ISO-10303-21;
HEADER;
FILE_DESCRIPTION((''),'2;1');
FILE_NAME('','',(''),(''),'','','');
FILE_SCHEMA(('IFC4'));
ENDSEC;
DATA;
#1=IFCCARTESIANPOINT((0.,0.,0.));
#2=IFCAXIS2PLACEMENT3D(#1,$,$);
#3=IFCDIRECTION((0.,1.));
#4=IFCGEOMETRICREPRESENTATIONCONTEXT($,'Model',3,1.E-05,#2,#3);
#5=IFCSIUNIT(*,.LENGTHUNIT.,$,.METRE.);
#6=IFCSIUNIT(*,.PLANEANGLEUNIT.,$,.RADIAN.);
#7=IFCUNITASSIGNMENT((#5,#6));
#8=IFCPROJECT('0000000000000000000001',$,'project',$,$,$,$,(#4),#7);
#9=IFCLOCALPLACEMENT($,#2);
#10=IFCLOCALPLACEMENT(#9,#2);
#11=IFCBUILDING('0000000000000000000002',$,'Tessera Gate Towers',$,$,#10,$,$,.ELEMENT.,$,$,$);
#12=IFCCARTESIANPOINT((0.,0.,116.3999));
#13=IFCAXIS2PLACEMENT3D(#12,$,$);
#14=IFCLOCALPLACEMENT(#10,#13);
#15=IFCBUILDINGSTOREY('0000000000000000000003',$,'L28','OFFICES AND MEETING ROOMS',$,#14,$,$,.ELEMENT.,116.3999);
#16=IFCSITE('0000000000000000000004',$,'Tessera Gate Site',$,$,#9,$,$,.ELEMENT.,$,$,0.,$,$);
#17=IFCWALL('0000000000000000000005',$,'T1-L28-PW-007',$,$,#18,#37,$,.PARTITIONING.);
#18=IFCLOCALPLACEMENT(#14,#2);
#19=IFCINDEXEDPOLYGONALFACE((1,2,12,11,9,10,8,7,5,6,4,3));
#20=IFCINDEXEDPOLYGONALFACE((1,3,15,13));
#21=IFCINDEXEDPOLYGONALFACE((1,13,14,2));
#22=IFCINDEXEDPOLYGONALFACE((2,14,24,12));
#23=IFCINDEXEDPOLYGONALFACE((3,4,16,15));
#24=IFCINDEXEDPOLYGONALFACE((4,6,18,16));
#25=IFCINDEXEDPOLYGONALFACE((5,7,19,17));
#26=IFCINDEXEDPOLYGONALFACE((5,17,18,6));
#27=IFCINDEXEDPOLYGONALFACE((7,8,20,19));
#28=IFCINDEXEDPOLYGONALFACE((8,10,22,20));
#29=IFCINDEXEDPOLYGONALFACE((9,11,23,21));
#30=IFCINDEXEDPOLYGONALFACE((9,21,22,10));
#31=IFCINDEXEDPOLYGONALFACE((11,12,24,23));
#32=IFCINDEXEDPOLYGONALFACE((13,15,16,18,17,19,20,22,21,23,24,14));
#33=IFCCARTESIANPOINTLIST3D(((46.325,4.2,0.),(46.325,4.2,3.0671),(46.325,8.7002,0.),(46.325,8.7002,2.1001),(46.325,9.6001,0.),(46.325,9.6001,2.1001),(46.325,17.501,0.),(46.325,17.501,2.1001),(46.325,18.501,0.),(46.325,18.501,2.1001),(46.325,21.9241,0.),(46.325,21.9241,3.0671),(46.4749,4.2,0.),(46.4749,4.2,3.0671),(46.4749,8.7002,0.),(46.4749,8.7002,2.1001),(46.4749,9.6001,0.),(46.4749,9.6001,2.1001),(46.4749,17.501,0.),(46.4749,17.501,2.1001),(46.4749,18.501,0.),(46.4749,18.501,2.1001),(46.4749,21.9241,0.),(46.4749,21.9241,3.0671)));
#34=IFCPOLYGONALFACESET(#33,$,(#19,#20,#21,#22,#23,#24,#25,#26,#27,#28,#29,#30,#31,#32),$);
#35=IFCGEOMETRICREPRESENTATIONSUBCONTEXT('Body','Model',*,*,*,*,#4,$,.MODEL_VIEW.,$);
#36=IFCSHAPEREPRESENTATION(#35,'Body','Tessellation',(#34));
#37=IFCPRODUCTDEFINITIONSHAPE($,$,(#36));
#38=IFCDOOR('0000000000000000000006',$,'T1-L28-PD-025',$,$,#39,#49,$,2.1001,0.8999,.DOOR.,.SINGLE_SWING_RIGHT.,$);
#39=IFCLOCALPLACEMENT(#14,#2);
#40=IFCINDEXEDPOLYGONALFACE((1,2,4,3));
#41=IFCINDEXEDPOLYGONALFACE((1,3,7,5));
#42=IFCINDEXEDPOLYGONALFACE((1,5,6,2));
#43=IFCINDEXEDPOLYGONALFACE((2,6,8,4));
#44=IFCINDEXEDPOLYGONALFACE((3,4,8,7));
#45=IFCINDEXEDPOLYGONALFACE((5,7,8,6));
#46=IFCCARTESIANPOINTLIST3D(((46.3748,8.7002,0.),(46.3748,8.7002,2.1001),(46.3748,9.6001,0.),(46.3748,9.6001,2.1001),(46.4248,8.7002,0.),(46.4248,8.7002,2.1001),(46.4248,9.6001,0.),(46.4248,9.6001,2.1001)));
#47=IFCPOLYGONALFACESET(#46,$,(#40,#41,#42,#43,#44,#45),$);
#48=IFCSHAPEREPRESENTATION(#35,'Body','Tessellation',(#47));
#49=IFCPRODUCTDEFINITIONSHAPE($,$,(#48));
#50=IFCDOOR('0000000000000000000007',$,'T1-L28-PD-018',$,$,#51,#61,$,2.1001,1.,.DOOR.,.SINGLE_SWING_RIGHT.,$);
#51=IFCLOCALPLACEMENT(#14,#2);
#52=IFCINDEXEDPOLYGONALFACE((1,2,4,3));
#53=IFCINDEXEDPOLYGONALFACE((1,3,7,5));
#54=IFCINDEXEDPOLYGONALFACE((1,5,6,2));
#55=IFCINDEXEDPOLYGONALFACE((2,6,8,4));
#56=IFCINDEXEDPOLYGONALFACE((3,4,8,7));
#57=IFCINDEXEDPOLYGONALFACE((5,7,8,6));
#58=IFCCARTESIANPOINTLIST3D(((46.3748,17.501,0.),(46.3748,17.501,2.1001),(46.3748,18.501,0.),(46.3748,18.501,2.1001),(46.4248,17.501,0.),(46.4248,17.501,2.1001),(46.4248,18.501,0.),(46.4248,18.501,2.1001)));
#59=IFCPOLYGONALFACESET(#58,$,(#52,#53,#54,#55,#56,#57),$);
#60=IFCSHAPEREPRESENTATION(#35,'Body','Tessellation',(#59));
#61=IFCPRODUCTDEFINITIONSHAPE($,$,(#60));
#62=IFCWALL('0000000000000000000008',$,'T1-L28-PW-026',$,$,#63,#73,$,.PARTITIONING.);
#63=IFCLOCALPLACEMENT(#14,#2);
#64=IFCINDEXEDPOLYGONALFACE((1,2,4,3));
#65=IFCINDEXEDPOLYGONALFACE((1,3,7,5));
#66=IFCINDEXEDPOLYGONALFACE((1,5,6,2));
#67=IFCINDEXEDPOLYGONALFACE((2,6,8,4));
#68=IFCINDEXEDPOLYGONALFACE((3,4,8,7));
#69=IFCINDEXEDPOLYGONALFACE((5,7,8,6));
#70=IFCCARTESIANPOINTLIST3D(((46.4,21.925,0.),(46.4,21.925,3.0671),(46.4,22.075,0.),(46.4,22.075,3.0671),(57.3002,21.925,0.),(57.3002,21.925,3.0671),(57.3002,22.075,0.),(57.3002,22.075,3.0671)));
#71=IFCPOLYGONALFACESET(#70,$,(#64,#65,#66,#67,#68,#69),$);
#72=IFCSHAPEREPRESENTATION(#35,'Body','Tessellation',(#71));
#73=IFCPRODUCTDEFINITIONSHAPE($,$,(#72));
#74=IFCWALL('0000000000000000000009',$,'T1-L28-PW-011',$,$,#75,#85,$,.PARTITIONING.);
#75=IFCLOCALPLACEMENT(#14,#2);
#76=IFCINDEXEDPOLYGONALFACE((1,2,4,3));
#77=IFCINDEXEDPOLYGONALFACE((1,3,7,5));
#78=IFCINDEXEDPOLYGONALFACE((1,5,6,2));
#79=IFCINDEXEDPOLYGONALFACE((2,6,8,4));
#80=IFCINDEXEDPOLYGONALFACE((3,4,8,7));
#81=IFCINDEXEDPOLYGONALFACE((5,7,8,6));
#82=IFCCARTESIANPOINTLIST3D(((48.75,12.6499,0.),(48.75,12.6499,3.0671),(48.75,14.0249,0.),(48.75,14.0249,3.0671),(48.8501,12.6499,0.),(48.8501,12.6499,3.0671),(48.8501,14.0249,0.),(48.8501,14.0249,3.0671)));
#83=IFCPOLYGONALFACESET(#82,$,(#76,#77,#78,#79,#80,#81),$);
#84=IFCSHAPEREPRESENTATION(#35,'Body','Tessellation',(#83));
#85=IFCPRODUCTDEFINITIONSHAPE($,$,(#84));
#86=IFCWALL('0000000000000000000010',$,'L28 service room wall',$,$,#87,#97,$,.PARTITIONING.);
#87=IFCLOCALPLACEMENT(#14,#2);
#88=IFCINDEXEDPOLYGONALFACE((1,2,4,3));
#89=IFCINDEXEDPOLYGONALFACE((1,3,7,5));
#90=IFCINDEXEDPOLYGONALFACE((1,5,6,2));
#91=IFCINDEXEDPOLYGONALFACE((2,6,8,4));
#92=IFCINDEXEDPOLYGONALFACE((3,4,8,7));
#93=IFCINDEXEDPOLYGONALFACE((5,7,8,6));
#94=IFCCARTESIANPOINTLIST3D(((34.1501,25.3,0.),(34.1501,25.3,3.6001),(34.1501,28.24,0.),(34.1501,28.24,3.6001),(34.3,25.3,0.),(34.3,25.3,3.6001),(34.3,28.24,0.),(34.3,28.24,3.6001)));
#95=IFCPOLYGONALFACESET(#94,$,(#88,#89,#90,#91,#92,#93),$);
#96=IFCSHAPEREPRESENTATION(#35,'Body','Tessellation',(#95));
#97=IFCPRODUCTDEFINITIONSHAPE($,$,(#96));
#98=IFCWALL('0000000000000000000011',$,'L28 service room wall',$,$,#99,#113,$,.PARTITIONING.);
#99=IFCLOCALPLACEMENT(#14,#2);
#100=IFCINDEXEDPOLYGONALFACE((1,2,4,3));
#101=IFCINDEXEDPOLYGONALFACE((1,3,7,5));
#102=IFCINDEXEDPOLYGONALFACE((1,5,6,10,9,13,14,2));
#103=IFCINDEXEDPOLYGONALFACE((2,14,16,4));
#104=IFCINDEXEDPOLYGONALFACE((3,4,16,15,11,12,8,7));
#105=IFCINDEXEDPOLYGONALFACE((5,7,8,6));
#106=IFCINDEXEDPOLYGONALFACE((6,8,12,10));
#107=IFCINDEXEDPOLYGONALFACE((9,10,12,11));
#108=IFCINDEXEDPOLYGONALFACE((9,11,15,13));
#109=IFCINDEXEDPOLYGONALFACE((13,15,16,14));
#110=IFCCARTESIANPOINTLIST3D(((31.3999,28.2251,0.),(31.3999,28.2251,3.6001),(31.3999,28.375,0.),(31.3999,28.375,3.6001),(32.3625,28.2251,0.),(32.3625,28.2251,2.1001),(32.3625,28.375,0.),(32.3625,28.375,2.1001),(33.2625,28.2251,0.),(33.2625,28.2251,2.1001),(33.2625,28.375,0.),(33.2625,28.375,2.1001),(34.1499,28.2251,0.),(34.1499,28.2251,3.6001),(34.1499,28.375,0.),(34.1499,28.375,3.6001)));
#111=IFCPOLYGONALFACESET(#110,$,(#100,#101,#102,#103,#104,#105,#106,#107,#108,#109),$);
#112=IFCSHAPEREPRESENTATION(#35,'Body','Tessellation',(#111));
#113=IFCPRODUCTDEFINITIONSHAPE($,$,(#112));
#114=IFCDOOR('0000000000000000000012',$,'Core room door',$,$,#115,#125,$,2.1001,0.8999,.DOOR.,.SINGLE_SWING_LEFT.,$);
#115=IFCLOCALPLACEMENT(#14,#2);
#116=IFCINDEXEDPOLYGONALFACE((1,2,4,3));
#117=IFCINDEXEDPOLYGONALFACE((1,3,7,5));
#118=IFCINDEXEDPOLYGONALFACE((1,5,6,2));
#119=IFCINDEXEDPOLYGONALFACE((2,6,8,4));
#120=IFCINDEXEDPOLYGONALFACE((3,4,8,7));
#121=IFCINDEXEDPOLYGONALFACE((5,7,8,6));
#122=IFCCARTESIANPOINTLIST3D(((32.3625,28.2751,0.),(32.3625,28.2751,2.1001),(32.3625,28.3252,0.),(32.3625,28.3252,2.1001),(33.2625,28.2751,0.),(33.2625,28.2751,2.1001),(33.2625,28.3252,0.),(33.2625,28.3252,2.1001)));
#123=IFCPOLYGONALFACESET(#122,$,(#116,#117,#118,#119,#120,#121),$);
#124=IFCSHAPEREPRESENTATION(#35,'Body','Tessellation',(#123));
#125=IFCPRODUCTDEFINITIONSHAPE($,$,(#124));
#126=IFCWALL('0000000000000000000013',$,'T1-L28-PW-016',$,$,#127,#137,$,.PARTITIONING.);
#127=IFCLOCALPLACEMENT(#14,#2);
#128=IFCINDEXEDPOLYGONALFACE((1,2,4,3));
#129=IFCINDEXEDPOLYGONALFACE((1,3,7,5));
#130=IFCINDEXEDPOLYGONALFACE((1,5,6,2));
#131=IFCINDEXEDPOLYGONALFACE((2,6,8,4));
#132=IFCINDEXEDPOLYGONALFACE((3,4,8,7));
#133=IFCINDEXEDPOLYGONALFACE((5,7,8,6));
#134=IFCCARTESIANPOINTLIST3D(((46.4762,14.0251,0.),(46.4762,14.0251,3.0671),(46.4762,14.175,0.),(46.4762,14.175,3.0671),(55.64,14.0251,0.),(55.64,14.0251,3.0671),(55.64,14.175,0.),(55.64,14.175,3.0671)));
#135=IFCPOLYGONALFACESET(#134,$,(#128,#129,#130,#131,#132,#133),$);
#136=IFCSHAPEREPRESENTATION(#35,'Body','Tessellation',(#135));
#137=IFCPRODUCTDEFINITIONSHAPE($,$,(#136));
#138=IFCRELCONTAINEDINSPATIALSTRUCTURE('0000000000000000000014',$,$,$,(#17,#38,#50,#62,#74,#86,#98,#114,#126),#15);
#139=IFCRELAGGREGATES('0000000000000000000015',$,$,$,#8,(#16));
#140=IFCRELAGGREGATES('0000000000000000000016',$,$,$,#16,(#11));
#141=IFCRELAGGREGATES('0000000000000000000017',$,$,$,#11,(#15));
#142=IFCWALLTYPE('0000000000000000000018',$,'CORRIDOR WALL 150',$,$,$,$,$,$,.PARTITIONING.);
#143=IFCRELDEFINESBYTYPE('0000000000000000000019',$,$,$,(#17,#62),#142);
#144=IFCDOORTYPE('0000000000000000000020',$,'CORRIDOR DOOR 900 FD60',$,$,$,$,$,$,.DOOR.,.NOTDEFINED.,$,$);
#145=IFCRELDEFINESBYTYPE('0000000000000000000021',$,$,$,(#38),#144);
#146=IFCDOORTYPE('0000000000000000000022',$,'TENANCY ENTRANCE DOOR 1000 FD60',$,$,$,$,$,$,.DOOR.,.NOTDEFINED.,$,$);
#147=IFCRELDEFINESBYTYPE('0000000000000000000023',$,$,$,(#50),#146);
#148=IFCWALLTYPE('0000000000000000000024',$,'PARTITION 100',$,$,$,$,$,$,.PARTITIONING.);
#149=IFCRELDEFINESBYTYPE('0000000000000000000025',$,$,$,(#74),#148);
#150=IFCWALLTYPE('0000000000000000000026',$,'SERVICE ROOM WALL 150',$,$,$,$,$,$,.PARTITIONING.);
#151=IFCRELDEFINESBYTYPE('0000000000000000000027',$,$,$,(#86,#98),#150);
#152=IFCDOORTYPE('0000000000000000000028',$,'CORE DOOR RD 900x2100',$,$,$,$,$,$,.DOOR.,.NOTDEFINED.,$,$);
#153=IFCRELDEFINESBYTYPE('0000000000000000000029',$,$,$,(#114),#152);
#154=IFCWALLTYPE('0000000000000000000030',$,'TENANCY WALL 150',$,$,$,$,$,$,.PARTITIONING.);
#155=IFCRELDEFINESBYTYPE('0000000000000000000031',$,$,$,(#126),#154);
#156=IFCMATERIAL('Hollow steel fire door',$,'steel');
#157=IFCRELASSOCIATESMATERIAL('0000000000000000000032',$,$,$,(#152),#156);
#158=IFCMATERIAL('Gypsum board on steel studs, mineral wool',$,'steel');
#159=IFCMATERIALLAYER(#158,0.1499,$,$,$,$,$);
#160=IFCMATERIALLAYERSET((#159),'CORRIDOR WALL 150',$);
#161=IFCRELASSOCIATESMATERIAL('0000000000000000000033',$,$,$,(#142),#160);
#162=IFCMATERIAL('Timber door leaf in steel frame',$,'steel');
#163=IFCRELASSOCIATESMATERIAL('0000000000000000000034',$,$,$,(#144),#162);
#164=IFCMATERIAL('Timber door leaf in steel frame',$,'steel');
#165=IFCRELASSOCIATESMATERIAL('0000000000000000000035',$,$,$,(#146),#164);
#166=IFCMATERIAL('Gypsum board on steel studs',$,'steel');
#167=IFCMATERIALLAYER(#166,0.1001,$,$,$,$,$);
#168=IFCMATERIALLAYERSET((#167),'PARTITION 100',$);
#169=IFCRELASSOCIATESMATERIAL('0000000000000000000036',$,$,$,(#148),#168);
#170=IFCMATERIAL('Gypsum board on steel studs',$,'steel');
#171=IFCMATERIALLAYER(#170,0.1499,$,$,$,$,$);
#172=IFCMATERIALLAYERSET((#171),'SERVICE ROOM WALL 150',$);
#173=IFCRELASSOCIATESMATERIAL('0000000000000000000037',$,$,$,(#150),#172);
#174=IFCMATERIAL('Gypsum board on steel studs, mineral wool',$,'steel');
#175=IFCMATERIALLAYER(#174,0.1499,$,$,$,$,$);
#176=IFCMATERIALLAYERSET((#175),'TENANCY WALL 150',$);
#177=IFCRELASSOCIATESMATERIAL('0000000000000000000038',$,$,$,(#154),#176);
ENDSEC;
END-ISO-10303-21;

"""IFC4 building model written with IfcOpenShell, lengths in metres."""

from ifc_helpers import new_model, si_unit, direction, frame, frame_2d, origin, place, context, subcontext, project, spatial, rectangle, extrude, source, transform, mapped, material, layer, layer_set, type_object, element, fill, save


model = new_model("IFC4")

# Units and contexts
model_context = context("Model", 3, precision=1e-05, world=origin(), true_north=direction((0.0, 1.0)))
body_context = subcontext(model_context, "Body", "Model", "MODEL_VIEW")
ifc_project = project(units=[si_unit("LENGTHUNIT", "METRE"), si_unit("PLANEANGLEUNIT", "RADIAN")], contexts=[model_context])

# Site, building, storey
site_placement = place(None, origin())
site = spatial("IfcSite", under=ifc_project, at=site_placement, Name="Tessera Gate Site", CompositionType="ELEMENT", RefElevation=0.0)
building_placement = place(site_placement, origin())
building = spatial("IfcBuilding", under=site, at=building_placement, Name="Tessera Gate Towers", CompositionType="ELEMENT")
storey_placement = place(building_placement, frame((0.0, 0.0, 116.3999)))
storey = spatial("IfcBuildingStorey", under=building, at=storey_placement, Name="L28", Description="OFFICES AND MEETING ROOMS", CompositionType="ELEMENT", Elevation=116.3999)

# Shared definitions
ifc_material_1 = material(Name="Hollow steel fire door", Category="steel")
door_type_1 = type_object("IfcDoorType", Name="CORE DOOR RD 900x2100", OperationType="NOTDEFINED", PredefinedType="DOOR", material=ifc_material_1)
shared_shape_1 = source(origin(), body_context, "Body", "SweptSolid", [
    extrude(rectangle(XDim=0.8999, YDim=2.1001, at=frame_2d((0.45, 1.05))), frame((0.0, 0.0249, 0.0), z_axis=(0.0, -1.0, 0.0), x_axis=(1.0, 0.0, 0.0)), (0.0, 0.0, 1.0), 0.05),
])

# Wall, openings, doors
ifc_material_2 = material(Name="Gypsum board on steel studs, mineral wool", Category="steel")
ifc_layer_1 = layer(ifc_material_2, 0.1499)
ifc_layer_set_1 = layer_set([ifc_layer_1], Name="CORRIDOR WALL 150")
wall_type_1 = type_object("IfcWallType", Name="CORRIDOR WALL 150", PredefinedType="PARTITIONING", material=ifc_layer_set_1)
wall_1_placement = place(storey_placement, frame((46.3999, 21.9241, 0.0), z_axis=(0.0, 0.0, 1.0), x_axis=(0.0, -1.0, 0.0)))
wall_1 = element("IfcWall", 1, at=wall_1_placement, inside=storey, type_object=wall_type_1, Name="T1-L28-PW-007", PredefinedType="PARTITIONING", context=body_context, shape_type="SweptSolid", body=[
    extrude(rectangle(XDim=17.7241, YDim=0.1499, at=frame_2d((8.8621, 0.0))), origin(), (0.0, 0.0, 1.0), 3.0671),
])
shared_shape_2 = source(origin(), body_context, "Body", "SweptSolid", [
    extrude(rectangle(XDim=1.0, YDim=2.1001, at=frame_2d((0.5, 1.05))), frame((0.0, 0.085, 0.0), z_axis=(0.0, -1.0, 0.0), x_axis=(1.0, 0.0, 0.0)), (0.0, 0.0, 1.0), 0.1699),
])
opening_1_placement = place(wall_1_placement, frame((3.4231, 0.0, 0.0)))
opening_1 = element("IfcOpeningElement", 2, at=opening_1_placement, cuts=wall_1, PredefinedType="OPENING", context=body_context, shape_type="MappedRepresentation", body=[
    mapped(shared_shape_2, transform((0.0, 0.0, 0.0), scale=1.0)),
])
shared_shape_3 = source(origin(), body_context, "Body", "SweptSolid", [
    extrude(rectangle(XDim=0.8999, YDim=2.1001, at=frame_2d((0.45, 1.05))), frame((0.0, 0.085, 0.0), z_axis=(0.0, -1.0, 0.0), x_axis=(1.0, 0.0, 0.0)), (0.0, 0.0, 1.0), 0.1699),
])
opening_2_placement = place(wall_1_placement, frame((12.324, 0.0, 0.0)))
opening_2 = element("IfcOpeningElement", 3, at=opening_2_placement, cuts=wall_1, PredefinedType="OPENING", context=body_context, shape_type="MappedRepresentation", body=[
    mapped(shared_shape_3, transform((0.0, 0.0, 0.0), scale=1.0)),
])
ifc_material_3 = material(Name="Timber door leaf in steel frame", Category="steel")
door_type_2 = type_object("IfcDoorType", Name="CORRIDOR DOOR 900 FD60", OperationType="NOTDEFINED", PredefinedType="DOOR", material=ifc_material_3)
door_1_placement = place(opening_2_placement, origin())
door_1 = element("IfcDoor", 4, at=door_1_placement, inside=storey, type_object=door_type_2, Name="T1-L28-PD-025", OperationType="SINGLE_SWING_RIGHT", OverallHeight=2.1001, OverallWidth=0.8999, PredefinedType="DOOR", context=body_context, shape_type="MappedRepresentation", body=[
    mapped(shared_shape_1, transform((0.0, 0.0, 0.0), scale=1.0)),
])
fill(opening_2, door_1)
ifc_material_4 = material(Name="Timber door leaf in steel frame", Category="steel")
door_type_3 = type_object("IfcDoorType", Name="TENANCY ENTRANCE DOOR 1000 FD60", OperationType="NOTDEFINED", PredefinedType="DOOR", material=ifc_material_4)
shared_shape_4 = source(origin(), body_context, "Body", "SweptSolid", [
    extrude(rectangle(XDim=1.0, YDim=2.1001, at=frame_2d((0.5, 1.05))), frame((0.0, 0.0249, 0.0), z_axis=(0.0, -1.0, 0.0), x_axis=(1.0, 0.0, 0.0)), (0.0, 0.0, 1.0), 0.05),
])
door_2_placement = place(opening_1_placement, origin())
door_2 = element("IfcDoor", 5, at=door_2_placement, inside=storey, type_object=door_type_3, Name="T1-L28-PD-018", OperationType="SINGLE_SWING_RIGHT", OverallHeight=2.1001, OverallWidth=1.0, PredefinedType="DOOR", context=body_context, shape_type="MappedRepresentation", body=[
    mapped(shared_shape_4, transform((0.0, 0.0, 0.0), scale=1.0)),
])
fill(opening_1, door_2)

# Walls
wall_2_placement = place(storey_placement, frame((46.3999, 22.0, 0.0), z_axis=(0.0, 0.0, 1.0), x_axis=(1.0, 0.0, 0.0)))
element("IfcWall", 6, at=wall_2_placement, inside=storey, type_object=wall_type_1, Name="T1-L28-PW-026", PredefinedType="PARTITIONING", context=body_context, shape_type="SweptSolid", body=[
    extrude(rectangle(XDim=10.9001, YDim=0.1499, at=frame_2d((5.4502, 0.0))), origin(), (0.0, 0.0, 1.0), 3.0671),
])
ifc_material_5 = material(Name="Gypsum board on steel studs", Category="steel")
ifc_layer_2 = layer(ifc_material_5, 0.1001)
ifc_layer_set_2 = layer_set([ifc_layer_2], Name="PARTITION 100")
wall_type_2 = type_object("IfcWallType", Name="PARTITION 100", PredefinedType="PARTITIONING", material=ifc_layer_set_2)
wall_3_placement = place(storey_placement, frame((48.8, 12.6499, 0.0), z_axis=(0.0, 0.0, 1.0), x_axis=(0.0, 1.0, 0.0)))
element("IfcWall", 7, at=wall_3_placement, inside=storey, type_object=wall_type_2, Name="T1-L28-PW-011", PredefinedType="PARTITIONING", context=body_context, shape_type="SweptSolid", body=[
    extrude(rectangle(XDim=1.375, YDim=0.1001, at=frame_2d((0.6875, 0.0))), origin(), (0.0, 0.0, 1.0), 3.0671),
])
ifc_material_6 = material(Name="Gypsum board on steel studs", Category="steel")
ifc_layer_3 = layer(ifc_material_6, 0.1499)
ifc_layer_set_3 = layer_set([ifc_layer_3], Name="SERVICE ROOM WALL 150")
wall_type_3 = type_object("IfcWallType", Name="SERVICE ROOM WALL 150", PredefinedType="PARTITIONING", material=ifc_layer_set_3)
wall_4_placement = place(storey_placement, frame((34.2251, 25.3, 0.0), z_axis=(0.0, 0.0, 1.0), x_axis=(0.0, 1.0, 0.0)))
element("IfcWall", 8, at=wall_4_placement, inside=storey, type_object=wall_type_3, Name="L28 service room wall", PredefinedType="PARTITIONING", context=body_context, shape_type="SweptSolid", body=[
    extrude(rectangle(XDim=2.9399, YDim=0.1499, at=frame_2d((1.47, 0.0))), origin(), (0.0, 0.0, 1.0), 3.6001),
])

# Wall, opening, door
wall_5_placement = place(storey_placement, frame((34.1499, 28.3, 0.0), z_axis=(0.0, 0.0, 1.0), x_axis=(-1.0, 0.0, 0.0)))
wall_5 = element("IfcWall", 9, at=wall_5_placement, inside=storey, type_object=wall_type_3, Name="L28 service room wall", PredefinedType="PARTITIONING", context=body_context, shape_type="SweptSolid", body=[
    extrude(rectangle(XDim=2.75, YDim=0.1499, at=frame_2d((1.375, 0.0))), origin(), (0.0, 0.0, 1.0), 3.6001),
])
opening_3_placement = place(wall_5_placement, frame((0.8875, 0.0, 0.0)))
opening_3 = element("IfcOpeningElement", 10, at=opening_3_placement, cuts=wall_5, PredefinedType="OPENING", context=body_context, shape_type="MappedRepresentation", body=[
    mapped(shared_shape_3, transform((0.0, 0.0, 0.0), scale=1.0)),
])
door_3_placement = place(opening_3_placement, origin())
door_3 = element("IfcDoor", 11, at=door_3_placement, inside=storey, type_object=door_type_1, Name="Core room door", OperationType="SINGLE_SWING_LEFT", OverallHeight=2.1001, OverallWidth=0.8999, PredefinedType="DOOR", context=body_context, shape_type="MappedRepresentation", body=[
    mapped(shared_shape_1, transform((0.0, 0.0, 0.0), scale=1.0)),
])
fill(opening_3, door_3)

# Wall
ifc_material_7 = material(Name="Gypsum board on steel studs, mineral wool", Category="steel")
ifc_layer_4 = layer(ifc_material_7, 0.1499)
ifc_layer_set_4 = layer_set([ifc_layer_4], Name="TENANCY WALL 150")
wall_type_4 = type_object("IfcWallType", Name="TENANCY WALL 150", PredefinedType="PARTITIONING", material=ifc_layer_set_4)
wall_6_placement = place(storey_placement, frame((46.4761, 14.1001, 0.0), z_axis=(0.0, 0.0, 1.0), x_axis=(1.0, 0.0, 0.0)))
element("IfcWall", 12, at=wall_6_placement, inside=storey, type_object=wall_type_4, Name="T1-L28-PW-016", PredefinedType="PARTITIONING", context=body_context, shape_type="SweptSolid", body=[
    extrude(rectangle(XDim=9.1638, YDim=0.1499, at=frame_2d((4.582, 0.0))), origin(), (0.0, 0.0, 1.0), 3.0671),
])

save(model, "model.ifc")
